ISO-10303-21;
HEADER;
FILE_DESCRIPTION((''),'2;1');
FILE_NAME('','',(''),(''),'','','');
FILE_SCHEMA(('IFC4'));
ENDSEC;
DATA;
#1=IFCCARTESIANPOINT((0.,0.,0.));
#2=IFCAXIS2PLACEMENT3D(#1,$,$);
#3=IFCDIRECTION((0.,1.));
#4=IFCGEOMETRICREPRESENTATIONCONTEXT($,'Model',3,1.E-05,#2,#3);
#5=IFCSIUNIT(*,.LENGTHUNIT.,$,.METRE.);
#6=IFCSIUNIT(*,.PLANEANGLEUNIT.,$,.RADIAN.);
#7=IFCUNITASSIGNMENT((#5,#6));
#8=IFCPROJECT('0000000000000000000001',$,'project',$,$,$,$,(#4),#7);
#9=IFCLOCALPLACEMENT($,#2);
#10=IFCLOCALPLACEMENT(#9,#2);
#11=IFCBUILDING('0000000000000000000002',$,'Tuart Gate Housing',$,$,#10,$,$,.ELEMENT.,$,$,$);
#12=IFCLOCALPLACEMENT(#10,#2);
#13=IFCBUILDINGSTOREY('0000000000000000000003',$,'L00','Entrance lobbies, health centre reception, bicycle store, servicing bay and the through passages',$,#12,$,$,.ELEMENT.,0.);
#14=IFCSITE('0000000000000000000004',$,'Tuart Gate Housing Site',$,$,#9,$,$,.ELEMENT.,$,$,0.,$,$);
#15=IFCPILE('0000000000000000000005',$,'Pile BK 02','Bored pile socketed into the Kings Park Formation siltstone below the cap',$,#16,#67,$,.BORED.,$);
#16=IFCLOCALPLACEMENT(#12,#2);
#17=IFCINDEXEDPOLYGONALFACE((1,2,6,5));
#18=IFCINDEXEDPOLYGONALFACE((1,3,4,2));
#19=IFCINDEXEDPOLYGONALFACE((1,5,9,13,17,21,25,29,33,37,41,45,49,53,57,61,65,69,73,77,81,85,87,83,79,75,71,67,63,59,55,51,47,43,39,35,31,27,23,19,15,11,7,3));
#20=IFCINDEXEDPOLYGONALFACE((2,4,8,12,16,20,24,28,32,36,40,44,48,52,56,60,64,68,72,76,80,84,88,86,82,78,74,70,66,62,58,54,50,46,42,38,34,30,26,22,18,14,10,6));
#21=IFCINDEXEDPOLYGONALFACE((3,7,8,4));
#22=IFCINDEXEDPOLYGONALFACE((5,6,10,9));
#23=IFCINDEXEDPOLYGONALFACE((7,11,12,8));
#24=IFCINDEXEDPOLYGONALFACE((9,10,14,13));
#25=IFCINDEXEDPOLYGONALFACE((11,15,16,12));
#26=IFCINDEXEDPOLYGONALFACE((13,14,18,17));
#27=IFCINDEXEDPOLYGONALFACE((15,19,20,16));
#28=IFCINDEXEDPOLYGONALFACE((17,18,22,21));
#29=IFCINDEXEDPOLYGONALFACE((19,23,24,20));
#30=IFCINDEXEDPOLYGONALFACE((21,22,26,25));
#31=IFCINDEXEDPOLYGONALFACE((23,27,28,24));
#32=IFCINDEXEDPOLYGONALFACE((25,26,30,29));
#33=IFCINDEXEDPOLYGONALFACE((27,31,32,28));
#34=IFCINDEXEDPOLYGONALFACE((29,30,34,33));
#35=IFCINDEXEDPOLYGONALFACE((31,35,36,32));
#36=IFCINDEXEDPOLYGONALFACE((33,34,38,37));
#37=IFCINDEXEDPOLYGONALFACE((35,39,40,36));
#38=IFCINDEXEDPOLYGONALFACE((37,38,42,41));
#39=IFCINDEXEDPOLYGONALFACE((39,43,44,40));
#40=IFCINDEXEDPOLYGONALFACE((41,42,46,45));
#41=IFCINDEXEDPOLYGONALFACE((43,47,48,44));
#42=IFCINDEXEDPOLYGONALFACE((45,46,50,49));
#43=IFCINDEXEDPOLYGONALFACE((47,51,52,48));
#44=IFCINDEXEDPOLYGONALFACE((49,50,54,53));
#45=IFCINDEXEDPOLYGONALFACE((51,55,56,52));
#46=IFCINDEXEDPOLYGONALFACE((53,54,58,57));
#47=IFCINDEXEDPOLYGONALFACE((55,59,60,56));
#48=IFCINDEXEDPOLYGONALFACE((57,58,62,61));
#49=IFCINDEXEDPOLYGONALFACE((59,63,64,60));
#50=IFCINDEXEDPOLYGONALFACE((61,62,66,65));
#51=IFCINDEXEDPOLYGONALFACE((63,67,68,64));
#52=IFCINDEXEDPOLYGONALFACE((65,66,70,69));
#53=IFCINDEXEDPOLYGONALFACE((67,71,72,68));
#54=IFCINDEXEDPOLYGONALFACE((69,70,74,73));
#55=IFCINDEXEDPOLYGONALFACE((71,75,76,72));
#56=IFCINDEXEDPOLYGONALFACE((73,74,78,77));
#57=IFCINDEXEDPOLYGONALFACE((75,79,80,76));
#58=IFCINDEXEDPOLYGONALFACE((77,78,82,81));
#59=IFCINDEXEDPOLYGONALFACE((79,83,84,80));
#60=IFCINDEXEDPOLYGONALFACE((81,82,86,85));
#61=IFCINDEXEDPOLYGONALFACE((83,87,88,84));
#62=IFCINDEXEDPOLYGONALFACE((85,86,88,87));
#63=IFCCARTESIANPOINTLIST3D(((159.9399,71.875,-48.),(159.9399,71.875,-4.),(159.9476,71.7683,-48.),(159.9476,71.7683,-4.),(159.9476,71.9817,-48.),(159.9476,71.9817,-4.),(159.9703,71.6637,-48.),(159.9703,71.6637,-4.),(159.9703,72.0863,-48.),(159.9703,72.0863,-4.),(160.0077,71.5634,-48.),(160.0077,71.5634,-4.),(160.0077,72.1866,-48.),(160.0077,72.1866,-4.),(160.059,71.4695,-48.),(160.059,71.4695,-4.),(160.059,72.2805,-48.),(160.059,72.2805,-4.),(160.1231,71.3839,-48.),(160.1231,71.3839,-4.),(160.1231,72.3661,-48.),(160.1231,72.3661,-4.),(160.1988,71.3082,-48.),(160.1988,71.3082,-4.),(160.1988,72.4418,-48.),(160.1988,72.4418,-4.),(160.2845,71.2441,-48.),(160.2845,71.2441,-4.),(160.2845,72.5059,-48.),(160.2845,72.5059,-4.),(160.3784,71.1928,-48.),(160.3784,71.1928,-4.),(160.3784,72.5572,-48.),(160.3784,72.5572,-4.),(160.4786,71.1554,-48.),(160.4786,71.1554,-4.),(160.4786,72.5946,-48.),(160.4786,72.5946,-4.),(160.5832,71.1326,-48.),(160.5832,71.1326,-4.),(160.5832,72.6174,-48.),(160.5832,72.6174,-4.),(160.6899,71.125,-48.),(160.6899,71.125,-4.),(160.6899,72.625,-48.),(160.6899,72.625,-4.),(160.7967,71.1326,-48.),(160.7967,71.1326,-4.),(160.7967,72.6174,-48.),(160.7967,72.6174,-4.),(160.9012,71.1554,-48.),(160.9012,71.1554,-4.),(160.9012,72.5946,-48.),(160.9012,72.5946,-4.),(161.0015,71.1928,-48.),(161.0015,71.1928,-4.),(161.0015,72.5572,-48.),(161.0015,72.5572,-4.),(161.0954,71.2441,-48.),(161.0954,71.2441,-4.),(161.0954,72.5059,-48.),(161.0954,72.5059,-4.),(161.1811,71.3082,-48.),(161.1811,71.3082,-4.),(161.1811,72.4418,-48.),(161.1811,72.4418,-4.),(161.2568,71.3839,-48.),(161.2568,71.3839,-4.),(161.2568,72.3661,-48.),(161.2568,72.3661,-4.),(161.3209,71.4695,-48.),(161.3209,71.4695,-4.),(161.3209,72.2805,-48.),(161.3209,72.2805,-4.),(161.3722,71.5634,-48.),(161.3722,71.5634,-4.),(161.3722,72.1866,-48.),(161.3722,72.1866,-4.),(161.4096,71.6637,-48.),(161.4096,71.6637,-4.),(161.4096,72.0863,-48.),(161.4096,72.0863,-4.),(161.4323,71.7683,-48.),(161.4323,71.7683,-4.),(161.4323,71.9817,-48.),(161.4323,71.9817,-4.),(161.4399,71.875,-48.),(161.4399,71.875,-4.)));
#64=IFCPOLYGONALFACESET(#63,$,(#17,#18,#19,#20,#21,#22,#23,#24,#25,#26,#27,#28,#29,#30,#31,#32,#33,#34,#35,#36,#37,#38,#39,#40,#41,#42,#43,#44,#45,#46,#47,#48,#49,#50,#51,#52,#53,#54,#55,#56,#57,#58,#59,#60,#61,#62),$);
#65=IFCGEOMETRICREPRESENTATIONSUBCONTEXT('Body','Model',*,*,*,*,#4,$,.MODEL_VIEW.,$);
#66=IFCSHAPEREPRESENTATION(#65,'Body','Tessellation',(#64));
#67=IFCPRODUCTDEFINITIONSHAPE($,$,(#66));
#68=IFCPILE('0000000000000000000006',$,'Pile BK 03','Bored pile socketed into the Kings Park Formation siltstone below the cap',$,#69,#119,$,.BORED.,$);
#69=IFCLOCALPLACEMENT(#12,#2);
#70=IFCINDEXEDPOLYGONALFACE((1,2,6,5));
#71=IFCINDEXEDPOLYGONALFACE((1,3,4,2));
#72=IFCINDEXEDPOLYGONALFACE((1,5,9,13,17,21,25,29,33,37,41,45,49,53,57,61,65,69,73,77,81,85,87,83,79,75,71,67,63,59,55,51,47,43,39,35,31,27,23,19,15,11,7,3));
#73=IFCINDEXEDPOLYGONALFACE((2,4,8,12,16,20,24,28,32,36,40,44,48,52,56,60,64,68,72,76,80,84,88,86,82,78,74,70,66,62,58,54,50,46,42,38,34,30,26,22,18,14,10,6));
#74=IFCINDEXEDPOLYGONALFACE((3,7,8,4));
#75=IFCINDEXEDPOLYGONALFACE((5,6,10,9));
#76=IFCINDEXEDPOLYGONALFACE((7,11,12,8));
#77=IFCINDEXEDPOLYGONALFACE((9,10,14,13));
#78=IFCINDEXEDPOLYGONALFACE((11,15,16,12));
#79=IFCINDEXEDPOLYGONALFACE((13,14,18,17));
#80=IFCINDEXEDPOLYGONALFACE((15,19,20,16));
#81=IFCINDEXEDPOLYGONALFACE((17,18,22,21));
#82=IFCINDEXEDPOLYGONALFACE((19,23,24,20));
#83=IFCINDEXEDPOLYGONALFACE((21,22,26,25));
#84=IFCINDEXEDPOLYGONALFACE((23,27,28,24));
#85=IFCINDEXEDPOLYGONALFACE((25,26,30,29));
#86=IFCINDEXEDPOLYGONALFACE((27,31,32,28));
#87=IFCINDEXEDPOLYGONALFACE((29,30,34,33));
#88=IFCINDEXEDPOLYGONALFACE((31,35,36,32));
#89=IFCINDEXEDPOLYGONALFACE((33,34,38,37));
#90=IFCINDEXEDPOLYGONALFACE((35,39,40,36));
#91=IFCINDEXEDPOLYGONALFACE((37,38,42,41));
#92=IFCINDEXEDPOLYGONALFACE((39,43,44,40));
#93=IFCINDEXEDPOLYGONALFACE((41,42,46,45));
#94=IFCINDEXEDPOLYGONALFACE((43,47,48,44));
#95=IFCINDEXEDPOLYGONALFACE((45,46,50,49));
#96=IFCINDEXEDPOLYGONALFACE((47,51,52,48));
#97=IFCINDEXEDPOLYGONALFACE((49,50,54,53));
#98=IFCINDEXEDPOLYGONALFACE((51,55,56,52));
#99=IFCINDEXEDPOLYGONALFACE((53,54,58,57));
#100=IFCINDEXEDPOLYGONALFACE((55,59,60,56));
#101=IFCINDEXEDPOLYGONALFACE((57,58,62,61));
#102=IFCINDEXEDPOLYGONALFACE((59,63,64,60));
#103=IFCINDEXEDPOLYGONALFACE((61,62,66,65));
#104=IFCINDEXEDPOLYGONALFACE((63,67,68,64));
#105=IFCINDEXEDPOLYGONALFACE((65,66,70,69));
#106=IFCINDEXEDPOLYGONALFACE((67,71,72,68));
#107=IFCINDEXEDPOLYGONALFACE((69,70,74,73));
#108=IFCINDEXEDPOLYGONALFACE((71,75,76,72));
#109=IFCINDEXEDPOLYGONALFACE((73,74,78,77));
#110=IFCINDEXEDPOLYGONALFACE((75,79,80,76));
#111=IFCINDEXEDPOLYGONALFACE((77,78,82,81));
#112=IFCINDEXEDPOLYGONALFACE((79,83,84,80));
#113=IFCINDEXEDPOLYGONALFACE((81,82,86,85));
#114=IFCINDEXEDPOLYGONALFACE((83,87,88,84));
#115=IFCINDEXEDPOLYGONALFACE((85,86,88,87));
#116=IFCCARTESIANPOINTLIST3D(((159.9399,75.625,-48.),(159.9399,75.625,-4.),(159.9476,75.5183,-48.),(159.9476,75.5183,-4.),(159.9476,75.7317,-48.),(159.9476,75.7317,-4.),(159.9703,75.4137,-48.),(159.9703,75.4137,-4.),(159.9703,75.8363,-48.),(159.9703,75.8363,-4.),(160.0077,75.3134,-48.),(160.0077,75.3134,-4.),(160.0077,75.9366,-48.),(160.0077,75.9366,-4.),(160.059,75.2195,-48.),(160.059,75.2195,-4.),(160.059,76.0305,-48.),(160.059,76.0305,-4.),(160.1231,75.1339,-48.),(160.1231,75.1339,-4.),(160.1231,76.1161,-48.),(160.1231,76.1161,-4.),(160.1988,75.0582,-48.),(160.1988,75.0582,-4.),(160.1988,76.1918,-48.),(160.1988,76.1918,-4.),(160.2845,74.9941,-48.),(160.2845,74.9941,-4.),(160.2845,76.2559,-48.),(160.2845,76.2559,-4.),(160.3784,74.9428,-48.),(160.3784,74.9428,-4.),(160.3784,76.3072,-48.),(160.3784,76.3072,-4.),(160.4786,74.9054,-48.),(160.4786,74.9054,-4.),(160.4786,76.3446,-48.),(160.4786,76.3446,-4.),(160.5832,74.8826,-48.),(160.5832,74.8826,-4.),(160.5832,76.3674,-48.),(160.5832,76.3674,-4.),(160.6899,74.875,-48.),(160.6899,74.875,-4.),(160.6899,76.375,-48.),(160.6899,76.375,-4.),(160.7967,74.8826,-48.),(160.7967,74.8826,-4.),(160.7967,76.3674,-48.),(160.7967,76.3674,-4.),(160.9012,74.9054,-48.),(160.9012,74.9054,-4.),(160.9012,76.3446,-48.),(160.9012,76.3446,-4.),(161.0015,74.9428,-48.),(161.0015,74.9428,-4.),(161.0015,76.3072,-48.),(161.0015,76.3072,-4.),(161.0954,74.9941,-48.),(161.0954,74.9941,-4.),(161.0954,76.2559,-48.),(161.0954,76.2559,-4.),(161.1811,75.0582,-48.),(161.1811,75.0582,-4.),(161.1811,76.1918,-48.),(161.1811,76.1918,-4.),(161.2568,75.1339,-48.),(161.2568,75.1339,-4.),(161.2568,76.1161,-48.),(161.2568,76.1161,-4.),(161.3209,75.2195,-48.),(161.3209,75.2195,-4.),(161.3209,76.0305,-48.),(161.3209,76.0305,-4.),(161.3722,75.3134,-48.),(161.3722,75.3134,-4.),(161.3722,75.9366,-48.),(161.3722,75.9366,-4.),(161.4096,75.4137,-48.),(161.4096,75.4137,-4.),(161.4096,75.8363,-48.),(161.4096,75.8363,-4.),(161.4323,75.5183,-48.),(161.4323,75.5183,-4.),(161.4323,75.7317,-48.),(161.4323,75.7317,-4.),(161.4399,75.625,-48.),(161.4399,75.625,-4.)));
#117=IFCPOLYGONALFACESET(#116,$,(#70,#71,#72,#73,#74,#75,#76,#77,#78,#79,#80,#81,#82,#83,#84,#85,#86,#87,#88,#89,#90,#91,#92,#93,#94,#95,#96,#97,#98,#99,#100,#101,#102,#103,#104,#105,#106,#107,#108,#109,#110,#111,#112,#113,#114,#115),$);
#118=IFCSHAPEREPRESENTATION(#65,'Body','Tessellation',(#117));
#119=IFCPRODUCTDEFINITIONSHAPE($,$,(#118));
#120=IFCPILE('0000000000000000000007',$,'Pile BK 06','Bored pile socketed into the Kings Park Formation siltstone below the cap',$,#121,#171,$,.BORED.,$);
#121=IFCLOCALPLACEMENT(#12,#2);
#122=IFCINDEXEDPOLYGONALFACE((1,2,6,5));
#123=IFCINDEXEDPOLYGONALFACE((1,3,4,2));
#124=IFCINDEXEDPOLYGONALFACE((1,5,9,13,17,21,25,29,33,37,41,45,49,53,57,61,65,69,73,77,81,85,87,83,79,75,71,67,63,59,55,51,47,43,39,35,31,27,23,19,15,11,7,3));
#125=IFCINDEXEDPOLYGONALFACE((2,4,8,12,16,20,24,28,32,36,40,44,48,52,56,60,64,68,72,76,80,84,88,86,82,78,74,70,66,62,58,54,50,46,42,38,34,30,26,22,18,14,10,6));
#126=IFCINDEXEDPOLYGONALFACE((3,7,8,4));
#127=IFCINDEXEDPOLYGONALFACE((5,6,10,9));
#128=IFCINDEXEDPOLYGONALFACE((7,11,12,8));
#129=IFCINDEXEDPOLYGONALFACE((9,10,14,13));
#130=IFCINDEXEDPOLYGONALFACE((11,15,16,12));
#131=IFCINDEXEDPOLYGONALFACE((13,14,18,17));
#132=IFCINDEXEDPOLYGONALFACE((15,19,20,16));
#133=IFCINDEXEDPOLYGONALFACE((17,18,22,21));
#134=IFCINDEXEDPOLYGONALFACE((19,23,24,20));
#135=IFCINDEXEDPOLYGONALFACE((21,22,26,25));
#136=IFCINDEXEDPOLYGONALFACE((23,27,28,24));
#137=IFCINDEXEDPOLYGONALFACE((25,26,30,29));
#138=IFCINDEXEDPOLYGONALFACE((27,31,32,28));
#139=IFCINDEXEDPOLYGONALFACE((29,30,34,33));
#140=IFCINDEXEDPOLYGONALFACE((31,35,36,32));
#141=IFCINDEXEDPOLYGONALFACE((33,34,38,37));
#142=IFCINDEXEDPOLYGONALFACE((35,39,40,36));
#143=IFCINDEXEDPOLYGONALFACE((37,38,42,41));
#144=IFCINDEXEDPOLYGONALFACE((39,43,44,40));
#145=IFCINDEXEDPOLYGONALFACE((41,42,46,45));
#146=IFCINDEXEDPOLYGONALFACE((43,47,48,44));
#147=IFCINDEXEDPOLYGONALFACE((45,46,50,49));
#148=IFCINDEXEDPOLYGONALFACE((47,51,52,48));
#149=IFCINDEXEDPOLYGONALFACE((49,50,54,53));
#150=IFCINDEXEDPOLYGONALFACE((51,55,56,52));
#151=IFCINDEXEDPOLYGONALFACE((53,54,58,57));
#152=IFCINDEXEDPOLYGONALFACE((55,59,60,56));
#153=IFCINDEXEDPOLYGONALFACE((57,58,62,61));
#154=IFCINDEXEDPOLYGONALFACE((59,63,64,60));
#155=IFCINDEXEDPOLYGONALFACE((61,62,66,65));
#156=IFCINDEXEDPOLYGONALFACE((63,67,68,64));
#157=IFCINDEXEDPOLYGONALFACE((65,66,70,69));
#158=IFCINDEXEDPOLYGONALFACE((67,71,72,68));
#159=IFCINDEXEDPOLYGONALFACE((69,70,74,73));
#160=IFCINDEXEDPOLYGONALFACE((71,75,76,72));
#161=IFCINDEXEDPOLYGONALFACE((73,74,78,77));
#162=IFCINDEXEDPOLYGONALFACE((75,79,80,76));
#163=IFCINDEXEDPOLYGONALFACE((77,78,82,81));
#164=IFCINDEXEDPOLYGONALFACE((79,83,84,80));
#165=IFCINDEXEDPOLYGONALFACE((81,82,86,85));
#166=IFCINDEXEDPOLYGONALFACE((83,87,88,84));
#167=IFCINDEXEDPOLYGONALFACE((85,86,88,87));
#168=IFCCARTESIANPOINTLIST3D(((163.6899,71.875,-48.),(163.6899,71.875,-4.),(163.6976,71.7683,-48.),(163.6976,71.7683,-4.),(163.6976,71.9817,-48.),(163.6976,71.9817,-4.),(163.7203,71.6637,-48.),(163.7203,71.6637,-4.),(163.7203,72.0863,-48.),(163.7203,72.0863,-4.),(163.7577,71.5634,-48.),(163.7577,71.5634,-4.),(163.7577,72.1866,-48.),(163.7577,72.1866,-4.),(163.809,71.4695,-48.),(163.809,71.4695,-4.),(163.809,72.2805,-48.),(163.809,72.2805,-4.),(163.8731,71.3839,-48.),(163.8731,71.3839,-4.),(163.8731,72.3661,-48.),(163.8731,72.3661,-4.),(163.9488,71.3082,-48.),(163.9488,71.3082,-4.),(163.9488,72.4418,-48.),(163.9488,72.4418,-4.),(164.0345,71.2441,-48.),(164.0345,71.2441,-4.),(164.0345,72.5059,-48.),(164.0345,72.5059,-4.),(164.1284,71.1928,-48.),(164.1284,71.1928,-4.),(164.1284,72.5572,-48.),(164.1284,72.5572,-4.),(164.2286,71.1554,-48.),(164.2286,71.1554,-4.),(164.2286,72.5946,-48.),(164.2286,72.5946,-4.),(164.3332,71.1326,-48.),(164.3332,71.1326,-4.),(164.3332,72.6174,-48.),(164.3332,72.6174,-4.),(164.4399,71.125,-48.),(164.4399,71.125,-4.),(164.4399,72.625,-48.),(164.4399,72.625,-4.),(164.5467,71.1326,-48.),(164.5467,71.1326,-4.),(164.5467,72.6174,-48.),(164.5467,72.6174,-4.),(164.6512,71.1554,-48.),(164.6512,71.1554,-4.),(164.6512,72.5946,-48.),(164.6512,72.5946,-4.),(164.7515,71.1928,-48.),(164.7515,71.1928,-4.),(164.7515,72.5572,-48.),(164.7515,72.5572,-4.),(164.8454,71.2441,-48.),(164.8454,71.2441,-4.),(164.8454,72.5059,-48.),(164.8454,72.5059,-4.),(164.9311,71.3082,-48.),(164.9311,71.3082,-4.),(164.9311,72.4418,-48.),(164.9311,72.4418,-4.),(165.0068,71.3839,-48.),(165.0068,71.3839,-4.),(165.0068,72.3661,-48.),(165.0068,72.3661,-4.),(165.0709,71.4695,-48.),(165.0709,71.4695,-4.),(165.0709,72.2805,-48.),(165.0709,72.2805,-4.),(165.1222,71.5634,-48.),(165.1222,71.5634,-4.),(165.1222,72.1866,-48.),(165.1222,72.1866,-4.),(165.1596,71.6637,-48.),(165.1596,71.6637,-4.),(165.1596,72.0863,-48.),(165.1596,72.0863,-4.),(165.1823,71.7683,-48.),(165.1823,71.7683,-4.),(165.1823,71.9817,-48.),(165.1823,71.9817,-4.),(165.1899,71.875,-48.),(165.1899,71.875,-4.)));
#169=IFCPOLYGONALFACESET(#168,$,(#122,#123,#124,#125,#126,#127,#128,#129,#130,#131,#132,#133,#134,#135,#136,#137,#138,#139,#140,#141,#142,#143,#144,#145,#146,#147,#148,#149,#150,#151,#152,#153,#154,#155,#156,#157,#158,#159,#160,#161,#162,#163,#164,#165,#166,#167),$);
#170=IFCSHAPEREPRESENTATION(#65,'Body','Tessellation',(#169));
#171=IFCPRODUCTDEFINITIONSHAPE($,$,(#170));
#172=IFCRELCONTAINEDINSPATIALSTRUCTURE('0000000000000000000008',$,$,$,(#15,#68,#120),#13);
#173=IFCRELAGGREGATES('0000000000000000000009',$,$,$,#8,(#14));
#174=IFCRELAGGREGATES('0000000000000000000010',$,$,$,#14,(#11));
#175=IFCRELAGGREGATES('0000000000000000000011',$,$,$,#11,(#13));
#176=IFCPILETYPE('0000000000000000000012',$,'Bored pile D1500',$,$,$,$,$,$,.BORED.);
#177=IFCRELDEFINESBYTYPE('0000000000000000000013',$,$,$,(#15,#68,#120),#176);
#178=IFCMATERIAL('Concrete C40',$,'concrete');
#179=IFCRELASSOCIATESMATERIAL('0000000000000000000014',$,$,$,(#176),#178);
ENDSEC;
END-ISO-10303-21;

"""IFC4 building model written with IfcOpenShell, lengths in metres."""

from ifc_helpers import new_model, si_unit, direction, frame, origin, origin_2d, place, context, subcontext, project, spatial, circle, extrude, material, material_profile, profile_set, type_object, element, save


model = new_model("IFC4")

# Units and contexts
model_context = context("Model", 3, precision=1e-05, world=origin(), true_north=direction((0.0, 1.0)))
body_context = subcontext(model_context, "Body", "Model", "MODEL_VIEW")
ifc_project = project(units=[si_unit("LENGTHUNIT", "METRE"), si_unit("PLANEANGLEUNIT", "RADIAN")], contexts=[model_context])

# Site, building, storey
site_placement = place(None, origin())
site = spatial("IfcSite", under=ifc_project, at=site_placement, Name="Tuart Gate Housing Site", CompositionType="ELEMENT", RefElevation=0.0)
building_placement = place(site_placement, origin())
building = spatial("IfcBuilding", under=site, at=building_placement, Name="Tuart Gate Housing", CompositionType="ELEMENT")
storey_placement = place(building_placement, origin())
storey = spatial("IfcBuildingStorey", under=building, at=storey_placement, Name="L00", Description="Entrance lobbies, health centre reception, bicycle store, servicing bay and the through passages", CompositionType="ELEMENT", Elevation=0.0)

# Piles
ifc_material_1 = material(Name="Concrete C40", Category="concrete")
ifc_material_profile_1 = material_profile(ifc_material_1, circle(Radius=0.75, at=origin_2d()), Name="Bored pile D1500")
ifc_profile_set_1 = profile_set([ifc_material_profile_1], Name="Concrete C40")
pile_type_1 = type_object("IfcPileType", Name="Bored pile D1500", PredefinedType="BORED", material=ifc_profile_set_1)
for number, where, z_axis, x_axis, name in (
    (1, (160.6899, 71.875, -4.0), (0.0, 0.0, -1.0), (1.0, 0.0, 0.0), "Pile BK 02"),
    (2, (160.6899, 75.625, -4.0), (0.0, 0.0, -1.0), (1.0, 0.0, 0.0), "Pile BK 03"),
    (3, (164.4399, 71.875, -4.0), (0.0, 0.0, -1.0), (1.0, 0.0, 0.0), "Pile BK 06"),
):
    element("IfcPile", number, at=place(storey_placement, frame(where, z_axis=z_axis, x_axis=x_axis)), inside=storey, type_object=pile_type_1, Name=name, Description="Bored pile socketed into the Kings Park Formation siltstone below the cap", PredefinedType="BORED", context=body_context, shape_type="SweptSolid", body=[
        extrude(circle(Radius=0.75, at=origin_2d()), origin(), (0.0, 0.0, 1.0), 44.0),
    ])

save(model, "model.ifc")
